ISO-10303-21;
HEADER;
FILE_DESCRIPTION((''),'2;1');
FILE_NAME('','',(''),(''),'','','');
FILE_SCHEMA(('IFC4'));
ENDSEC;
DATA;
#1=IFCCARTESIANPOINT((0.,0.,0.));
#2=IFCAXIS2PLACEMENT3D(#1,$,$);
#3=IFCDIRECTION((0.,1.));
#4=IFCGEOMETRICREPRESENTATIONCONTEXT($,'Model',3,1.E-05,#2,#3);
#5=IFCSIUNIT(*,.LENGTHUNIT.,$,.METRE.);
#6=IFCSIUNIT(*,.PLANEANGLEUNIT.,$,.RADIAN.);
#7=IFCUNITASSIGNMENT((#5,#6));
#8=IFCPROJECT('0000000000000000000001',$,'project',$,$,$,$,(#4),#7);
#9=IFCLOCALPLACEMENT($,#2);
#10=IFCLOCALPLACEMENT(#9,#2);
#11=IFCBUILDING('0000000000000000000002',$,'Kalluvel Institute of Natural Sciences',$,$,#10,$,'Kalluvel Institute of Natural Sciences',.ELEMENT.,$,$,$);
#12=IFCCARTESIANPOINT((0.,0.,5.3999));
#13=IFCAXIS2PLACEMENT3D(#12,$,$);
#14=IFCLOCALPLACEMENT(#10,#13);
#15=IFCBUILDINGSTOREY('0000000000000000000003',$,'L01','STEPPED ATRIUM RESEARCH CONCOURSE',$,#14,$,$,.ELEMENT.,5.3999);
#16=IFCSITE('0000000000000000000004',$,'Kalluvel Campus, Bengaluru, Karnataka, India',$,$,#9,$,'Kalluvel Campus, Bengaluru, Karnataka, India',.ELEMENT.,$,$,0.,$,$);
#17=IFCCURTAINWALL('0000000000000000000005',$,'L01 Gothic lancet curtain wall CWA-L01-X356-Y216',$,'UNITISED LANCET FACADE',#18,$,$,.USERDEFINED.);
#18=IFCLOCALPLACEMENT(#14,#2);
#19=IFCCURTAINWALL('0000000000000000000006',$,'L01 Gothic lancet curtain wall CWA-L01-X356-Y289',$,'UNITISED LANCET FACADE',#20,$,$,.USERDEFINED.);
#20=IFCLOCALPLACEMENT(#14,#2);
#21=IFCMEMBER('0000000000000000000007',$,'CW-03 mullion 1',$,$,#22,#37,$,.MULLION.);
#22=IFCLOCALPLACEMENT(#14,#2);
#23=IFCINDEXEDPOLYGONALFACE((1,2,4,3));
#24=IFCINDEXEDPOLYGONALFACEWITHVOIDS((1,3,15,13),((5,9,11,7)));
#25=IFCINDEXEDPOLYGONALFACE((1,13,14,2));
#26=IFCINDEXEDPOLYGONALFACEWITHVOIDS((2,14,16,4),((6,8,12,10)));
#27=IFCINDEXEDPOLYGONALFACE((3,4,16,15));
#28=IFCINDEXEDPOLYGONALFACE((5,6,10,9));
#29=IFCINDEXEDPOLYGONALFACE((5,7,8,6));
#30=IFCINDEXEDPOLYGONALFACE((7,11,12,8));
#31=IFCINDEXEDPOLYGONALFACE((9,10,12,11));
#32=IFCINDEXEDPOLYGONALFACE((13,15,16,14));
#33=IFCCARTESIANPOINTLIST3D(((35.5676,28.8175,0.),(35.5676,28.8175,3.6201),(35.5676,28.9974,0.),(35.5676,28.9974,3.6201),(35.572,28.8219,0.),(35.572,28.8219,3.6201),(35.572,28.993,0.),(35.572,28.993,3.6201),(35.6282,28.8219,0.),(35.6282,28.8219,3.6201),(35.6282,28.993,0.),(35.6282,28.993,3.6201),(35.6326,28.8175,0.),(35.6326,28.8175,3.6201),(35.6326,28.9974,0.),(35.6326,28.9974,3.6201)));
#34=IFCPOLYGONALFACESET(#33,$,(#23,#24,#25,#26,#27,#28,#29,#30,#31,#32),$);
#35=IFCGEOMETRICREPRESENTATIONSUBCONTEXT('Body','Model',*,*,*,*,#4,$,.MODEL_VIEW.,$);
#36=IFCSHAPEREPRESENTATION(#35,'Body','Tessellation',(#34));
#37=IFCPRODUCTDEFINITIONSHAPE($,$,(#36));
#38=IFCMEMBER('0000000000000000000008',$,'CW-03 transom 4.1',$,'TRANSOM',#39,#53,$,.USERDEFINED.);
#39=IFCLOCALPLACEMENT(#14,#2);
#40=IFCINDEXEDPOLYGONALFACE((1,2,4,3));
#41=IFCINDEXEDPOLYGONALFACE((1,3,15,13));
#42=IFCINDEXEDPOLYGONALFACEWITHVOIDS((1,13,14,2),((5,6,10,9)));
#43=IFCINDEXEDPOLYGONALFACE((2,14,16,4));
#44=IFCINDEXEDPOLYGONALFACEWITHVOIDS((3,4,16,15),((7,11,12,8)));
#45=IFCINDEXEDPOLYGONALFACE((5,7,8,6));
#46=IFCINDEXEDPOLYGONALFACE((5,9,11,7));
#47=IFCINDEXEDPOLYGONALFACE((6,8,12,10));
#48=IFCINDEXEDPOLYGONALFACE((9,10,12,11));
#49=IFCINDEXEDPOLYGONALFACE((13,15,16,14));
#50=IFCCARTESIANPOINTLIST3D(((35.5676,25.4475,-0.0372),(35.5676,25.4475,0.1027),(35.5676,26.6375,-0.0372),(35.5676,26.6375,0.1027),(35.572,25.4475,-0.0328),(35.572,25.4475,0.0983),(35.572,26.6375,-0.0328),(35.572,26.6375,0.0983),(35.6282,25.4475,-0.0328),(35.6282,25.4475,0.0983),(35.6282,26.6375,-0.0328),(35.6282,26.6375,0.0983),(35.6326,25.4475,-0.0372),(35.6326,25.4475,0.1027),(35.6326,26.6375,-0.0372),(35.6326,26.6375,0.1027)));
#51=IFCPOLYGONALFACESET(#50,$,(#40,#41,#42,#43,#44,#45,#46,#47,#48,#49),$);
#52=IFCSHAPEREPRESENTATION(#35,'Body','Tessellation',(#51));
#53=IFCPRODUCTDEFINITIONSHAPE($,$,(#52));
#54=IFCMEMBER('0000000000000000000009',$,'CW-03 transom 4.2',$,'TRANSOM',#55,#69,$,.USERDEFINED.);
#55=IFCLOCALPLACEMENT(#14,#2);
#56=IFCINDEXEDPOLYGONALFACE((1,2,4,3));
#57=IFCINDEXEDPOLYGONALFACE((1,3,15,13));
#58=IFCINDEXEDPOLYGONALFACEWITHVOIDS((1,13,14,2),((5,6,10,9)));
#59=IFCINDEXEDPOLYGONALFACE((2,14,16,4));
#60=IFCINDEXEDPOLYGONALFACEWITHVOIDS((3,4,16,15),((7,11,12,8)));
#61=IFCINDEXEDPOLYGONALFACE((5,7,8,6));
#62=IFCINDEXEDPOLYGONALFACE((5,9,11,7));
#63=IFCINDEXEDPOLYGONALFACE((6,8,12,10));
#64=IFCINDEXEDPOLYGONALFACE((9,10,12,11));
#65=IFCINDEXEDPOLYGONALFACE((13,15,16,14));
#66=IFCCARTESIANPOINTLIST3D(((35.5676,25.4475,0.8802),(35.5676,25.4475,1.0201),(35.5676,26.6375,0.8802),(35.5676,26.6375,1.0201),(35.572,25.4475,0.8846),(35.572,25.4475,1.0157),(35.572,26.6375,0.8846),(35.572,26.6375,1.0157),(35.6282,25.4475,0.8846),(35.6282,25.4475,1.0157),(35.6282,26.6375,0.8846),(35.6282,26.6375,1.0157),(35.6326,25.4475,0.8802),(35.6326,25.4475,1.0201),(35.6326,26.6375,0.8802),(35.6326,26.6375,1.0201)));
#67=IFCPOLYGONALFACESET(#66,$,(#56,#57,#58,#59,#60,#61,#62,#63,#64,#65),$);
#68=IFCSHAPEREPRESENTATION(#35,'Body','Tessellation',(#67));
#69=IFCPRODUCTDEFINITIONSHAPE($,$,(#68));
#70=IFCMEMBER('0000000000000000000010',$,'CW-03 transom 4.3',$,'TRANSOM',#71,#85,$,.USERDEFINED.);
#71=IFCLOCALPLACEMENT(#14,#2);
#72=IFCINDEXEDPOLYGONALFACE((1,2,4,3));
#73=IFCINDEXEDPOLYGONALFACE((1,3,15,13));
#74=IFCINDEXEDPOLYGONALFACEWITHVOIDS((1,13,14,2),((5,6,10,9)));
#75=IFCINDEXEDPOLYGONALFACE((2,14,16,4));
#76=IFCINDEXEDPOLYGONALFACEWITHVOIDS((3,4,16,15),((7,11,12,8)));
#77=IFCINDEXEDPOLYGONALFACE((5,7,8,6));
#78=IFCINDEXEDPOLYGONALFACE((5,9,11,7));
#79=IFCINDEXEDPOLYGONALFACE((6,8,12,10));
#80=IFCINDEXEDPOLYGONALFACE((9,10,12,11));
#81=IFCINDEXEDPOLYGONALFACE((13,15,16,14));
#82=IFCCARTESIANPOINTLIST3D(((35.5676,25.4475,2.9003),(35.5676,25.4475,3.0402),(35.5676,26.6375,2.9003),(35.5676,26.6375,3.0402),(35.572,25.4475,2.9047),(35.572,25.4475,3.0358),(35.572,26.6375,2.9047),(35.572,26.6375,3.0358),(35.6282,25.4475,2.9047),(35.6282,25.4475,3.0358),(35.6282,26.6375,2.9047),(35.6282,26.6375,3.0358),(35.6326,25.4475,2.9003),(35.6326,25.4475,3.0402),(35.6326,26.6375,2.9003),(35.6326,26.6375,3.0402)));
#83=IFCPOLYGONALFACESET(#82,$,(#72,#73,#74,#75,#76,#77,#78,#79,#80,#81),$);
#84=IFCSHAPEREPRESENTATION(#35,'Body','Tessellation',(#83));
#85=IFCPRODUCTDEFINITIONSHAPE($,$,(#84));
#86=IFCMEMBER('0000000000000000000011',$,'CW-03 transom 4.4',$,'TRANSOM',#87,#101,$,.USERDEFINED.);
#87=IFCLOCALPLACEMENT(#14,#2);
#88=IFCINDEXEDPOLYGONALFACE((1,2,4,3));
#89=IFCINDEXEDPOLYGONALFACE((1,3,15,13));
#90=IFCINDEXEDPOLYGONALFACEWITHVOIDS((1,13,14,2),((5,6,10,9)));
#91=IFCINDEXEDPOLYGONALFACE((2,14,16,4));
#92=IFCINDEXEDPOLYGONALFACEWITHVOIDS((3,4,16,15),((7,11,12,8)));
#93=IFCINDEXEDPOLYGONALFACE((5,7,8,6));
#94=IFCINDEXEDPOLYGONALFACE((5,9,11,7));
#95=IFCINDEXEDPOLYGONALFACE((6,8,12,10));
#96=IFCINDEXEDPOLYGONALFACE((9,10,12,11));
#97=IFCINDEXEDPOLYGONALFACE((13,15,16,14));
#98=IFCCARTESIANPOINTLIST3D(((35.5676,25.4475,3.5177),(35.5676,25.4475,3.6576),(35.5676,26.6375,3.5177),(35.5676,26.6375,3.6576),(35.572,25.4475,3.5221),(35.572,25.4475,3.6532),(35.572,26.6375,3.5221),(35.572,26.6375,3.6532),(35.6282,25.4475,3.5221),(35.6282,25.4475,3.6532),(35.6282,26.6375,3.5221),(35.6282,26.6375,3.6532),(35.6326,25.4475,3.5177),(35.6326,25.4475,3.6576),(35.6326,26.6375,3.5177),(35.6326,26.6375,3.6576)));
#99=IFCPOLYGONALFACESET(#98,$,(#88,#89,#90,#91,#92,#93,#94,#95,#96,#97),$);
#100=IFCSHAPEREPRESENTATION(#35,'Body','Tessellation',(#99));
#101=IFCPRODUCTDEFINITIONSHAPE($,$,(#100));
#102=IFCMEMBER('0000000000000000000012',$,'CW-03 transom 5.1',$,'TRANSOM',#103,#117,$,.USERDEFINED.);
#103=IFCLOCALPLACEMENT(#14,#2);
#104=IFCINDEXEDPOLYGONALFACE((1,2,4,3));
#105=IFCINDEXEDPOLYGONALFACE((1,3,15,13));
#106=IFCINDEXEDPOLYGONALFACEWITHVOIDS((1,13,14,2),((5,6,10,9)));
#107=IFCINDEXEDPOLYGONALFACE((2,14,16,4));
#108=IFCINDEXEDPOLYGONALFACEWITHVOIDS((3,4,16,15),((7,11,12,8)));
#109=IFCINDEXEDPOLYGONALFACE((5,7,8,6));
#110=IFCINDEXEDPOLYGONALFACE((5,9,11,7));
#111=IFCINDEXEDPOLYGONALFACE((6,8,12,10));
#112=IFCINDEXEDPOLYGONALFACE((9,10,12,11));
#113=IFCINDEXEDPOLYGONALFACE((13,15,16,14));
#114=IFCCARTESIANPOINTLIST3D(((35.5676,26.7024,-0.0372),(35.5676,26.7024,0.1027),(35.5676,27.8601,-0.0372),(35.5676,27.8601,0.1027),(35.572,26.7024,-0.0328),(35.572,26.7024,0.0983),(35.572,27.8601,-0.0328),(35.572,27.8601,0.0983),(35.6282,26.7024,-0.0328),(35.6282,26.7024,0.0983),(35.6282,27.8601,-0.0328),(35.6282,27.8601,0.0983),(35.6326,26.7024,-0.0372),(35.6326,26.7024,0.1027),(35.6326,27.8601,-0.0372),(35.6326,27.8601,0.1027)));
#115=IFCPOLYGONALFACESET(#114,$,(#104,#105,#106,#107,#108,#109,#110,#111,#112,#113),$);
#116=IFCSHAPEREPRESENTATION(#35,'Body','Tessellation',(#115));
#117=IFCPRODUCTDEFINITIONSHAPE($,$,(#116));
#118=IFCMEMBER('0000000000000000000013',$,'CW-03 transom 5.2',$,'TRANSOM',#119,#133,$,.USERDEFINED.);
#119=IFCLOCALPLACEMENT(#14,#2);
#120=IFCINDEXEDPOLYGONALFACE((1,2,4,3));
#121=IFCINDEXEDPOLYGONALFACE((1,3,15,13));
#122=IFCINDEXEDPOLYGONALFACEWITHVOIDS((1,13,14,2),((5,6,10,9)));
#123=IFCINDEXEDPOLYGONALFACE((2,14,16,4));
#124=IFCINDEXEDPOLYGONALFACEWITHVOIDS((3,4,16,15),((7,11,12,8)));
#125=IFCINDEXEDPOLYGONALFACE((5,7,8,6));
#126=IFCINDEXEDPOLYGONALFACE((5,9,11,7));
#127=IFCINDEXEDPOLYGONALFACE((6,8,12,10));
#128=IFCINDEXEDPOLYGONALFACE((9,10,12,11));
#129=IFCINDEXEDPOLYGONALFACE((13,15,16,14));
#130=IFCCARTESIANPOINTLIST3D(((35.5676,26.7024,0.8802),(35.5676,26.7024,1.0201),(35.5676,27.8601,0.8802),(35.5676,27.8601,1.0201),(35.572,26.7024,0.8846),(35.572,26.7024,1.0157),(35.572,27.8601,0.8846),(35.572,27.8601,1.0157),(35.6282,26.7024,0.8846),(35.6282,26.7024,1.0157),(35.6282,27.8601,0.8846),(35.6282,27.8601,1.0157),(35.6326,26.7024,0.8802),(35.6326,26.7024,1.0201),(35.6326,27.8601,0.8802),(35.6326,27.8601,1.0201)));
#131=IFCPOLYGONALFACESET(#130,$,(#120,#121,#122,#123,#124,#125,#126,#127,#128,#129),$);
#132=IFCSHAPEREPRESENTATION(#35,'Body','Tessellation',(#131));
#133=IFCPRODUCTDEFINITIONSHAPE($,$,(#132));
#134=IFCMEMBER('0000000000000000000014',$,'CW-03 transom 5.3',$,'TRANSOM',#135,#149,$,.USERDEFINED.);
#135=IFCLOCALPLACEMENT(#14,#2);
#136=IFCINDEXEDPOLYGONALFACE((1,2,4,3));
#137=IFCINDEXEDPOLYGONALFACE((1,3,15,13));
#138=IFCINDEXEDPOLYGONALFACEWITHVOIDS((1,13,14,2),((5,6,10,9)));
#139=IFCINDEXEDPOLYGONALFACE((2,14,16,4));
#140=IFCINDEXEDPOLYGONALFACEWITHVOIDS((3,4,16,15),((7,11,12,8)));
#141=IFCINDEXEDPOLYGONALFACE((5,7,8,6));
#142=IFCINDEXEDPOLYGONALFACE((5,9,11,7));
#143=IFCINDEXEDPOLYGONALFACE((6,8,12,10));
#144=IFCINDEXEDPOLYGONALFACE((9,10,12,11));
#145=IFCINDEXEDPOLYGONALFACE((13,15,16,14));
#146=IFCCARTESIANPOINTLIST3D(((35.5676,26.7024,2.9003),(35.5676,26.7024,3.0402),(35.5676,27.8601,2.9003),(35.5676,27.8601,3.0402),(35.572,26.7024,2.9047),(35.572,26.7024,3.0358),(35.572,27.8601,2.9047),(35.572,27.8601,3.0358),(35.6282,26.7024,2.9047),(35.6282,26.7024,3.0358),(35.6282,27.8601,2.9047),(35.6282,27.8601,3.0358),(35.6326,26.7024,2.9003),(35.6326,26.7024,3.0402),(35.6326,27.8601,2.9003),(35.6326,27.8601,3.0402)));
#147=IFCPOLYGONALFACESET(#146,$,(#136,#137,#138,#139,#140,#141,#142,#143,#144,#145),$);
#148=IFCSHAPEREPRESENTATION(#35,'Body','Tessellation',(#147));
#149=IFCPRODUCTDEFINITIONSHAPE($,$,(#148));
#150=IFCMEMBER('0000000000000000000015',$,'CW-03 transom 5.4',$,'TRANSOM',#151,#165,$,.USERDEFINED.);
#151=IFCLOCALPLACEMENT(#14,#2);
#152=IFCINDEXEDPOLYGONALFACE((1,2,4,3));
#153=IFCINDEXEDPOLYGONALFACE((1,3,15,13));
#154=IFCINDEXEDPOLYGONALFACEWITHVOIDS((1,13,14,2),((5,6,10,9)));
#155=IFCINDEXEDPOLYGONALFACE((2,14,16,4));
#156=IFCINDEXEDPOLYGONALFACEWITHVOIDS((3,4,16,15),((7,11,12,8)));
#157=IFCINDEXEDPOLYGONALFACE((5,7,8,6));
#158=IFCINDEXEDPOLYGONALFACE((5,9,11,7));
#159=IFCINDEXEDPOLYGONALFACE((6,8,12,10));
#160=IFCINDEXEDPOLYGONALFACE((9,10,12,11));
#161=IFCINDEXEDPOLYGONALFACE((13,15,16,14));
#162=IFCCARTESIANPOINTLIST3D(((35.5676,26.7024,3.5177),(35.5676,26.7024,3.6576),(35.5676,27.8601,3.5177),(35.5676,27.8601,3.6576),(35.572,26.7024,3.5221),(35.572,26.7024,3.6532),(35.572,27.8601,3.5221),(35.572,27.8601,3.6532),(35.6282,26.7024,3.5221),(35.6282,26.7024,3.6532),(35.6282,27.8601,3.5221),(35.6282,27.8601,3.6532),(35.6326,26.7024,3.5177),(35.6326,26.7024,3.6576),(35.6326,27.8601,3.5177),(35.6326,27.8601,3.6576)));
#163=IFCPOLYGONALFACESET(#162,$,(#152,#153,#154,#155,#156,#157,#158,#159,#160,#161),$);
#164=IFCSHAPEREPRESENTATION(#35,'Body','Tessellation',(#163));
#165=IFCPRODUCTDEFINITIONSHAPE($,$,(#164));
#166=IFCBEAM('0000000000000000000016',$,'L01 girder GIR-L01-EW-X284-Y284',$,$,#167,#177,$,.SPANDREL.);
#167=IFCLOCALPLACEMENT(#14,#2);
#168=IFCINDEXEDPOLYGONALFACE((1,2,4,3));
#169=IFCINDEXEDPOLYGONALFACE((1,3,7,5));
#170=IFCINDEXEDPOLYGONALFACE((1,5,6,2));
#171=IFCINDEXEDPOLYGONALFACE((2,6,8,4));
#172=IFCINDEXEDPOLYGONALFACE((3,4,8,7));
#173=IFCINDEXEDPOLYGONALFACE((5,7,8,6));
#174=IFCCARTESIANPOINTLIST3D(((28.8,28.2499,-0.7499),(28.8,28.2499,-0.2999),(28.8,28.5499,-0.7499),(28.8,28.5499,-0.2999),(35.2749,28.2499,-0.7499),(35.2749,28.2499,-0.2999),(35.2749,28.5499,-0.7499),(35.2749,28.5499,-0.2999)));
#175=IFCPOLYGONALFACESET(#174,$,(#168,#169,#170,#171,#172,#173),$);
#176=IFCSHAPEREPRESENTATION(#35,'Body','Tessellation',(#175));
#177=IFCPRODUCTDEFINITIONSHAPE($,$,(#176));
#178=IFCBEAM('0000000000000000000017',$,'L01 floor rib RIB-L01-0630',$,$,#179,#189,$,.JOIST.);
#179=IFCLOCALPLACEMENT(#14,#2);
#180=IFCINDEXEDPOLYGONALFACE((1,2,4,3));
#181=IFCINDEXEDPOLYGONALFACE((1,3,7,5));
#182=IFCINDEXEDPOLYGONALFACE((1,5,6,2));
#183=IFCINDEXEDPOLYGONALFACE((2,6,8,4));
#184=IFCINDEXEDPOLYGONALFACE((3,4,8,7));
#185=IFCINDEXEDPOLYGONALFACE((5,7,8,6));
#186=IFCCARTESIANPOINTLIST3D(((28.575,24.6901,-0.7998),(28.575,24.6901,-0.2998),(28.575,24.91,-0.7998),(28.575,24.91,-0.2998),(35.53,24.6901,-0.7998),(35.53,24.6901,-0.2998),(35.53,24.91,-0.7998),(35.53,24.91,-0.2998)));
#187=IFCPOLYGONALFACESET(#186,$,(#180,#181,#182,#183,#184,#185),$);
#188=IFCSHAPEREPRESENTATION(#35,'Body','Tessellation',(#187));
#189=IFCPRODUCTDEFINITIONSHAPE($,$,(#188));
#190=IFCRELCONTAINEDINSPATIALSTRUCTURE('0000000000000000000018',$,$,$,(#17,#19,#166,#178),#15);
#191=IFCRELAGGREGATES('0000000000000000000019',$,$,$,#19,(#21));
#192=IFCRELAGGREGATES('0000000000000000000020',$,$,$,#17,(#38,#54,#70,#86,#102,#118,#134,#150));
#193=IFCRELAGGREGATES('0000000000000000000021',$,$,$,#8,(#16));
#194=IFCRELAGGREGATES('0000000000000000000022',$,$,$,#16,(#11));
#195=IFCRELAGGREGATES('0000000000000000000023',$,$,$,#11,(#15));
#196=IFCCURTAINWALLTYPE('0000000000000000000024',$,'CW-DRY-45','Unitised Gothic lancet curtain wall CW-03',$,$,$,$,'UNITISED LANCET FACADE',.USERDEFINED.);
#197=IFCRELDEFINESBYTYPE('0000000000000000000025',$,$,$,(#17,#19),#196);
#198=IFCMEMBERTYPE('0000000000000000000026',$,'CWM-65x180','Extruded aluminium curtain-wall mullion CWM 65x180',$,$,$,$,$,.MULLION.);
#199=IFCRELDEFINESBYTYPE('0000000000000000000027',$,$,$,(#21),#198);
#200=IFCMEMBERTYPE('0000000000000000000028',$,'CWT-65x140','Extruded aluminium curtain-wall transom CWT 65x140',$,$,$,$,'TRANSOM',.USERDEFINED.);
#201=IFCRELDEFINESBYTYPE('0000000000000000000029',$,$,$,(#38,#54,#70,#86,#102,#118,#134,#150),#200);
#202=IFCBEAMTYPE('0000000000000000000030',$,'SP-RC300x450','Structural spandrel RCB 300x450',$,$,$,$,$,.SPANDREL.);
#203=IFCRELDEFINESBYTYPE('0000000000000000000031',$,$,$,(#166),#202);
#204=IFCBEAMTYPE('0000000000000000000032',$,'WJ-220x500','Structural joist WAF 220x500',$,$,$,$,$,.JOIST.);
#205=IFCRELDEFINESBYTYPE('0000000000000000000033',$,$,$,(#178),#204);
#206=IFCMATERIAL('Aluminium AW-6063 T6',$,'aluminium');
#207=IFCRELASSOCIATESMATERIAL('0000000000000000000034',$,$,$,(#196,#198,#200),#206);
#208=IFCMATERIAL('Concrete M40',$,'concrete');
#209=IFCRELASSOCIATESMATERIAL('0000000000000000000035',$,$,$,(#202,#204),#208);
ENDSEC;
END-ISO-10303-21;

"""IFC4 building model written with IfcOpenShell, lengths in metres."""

from ifc_helpers import new_model, si_unit, direction, frame, origin, origin_2d, place, context, subcontext, project, spatial, rectangle, hollow_rectangle, extrude, material, material_profile, profile_set, type_object, element, aggregate, save


model = new_model("IFC4")

# Units and contexts
model_context = context("Model", 3, precision=1e-05, world=origin(), true_north=direction((0.0, 1.0)))
body_context = subcontext(model_context, "Body", "Model", "MODEL_VIEW")
ifc_project = project(units=[si_unit("LENGTHUNIT", "METRE"), si_unit("PLANEANGLEUNIT", "RADIAN")], contexts=[model_context])

# Site, building, storey
site_placement = place(None, origin())
site = spatial("IfcSite", under=ifc_project, at=site_placement, Name="Kalluvel Campus, Bengaluru, Karnataka, India", LongName="Kalluvel Campus, Bengaluru, Karnataka, India", CompositionType="ELEMENT", RefElevation=0.0)
building_placement = place(site_placement, origin())
building = spatial("IfcBuilding", under=site, at=building_placement, Name="Kalluvel Institute of Natural Sciences", LongName="Kalluvel Institute of Natural Sciences", CompositionType="ELEMENT")
storey_placement = place(building_placement, frame((0.0, 0.0, 5.3999)))
storey = spatial("IfcBuildingStorey", under=building, at=storey_placement, Name="L01", Description="STEPPED ATRIUM RESEARCH CONCOURSE", CompositionType="ELEMENT", Elevation=5.3999)

# Curtain wall
ifc_material_1 = material(Name="Aluminium AW-6063 T6", Category="aluminium")
curtain_wall_type = type_object("IfcCurtainWallType", Name="CW-DRY-45", Description="Unitised Gothic lancet curtain wall CW-03", ElementType="UNITISED LANCET FACADE", PredefinedType="USERDEFINED", material=ifc_material_1)
curtain_wall_1_placement = place(storey_placement, origin())
curtain_wall_1 = element("IfcCurtainWall", 1, at=curtain_wall_1_placement, inside=storey, type_object=curtain_wall_type, Name="L01 Gothic lancet curtain wall CWA-L01-X356-Y216", ObjectType="UNITISED LANCET FACADE", PredefinedType="USERDEFINED")
ifc_material_profile_1 = material_profile(ifc_material_1, hollow_rectangle(XDim=0.0649, YDim=0.1799, WallThickness=0.0044, at=origin_2d()), Name="CWM 65x180")
ifc_profile_set_1 = profile_set([ifc_material_profile_1], Name="Aluminium AW-6063 T6")
member_type_1 = type_object("IfcMemberType", Name="CWM-65x180", Description="Extruded aluminium curtain-wall mullion CWM 65x180", PredefinedType="MULLION", material=ifc_profile_set_1)

# Curtain wall, member
curtain_wall_2_placement = place(storey_placement, origin())
curtain_wall_2 = element("IfcCurtainWall", 2, at=curtain_wall_2_placement, inside=storey, type_object=curtain_wall_type, Name="L01 Gothic lancet curtain wall CWA-L01-X356-Y289", ObjectType="UNITISED LANCET FACADE", PredefinedType="USERDEFINED")
member_1_placement = place(storey_placement, frame((35.6001, 28.9075, 0.0), z_axis=(0.0, 0.0, 1.0), x_axis=(-1.0, 0.0, 0.0)))
member_1 = element("IfcMember", 3, at=member_1_placement, type_object=member_type_1, Name="CW-03 mullion 1", PredefinedType="MULLION", context=body_context, shape_type="SweptSolid", body=[
    extrude(hollow_rectangle(XDim=0.0649, YDim=0.1799, WallThickness=0.0044, at=origin_2d()), origin(), (0.0, 0.0, 1.0), 3.6201),
])
aggregate(curtain_wall_2, [member_1])

# Members
ifc_material_profile_2 = material_profile(ifc_material_1, hollow_rectangle(XDim=0.0649, YDim=0.1399, WallThickness=0.0044, at=origin_2d()), Name="CWT 65x140")
ifc_profile_set_2 = profile_set([ifc_material_profile_2], Name="Aluminium AW-6063 T6")
member_type_2 = type_object("IfcMemberType", Name="CWT-65x140", Description="Extruded aluminium curtain-wall transom CWT 65x140", ElementType="TRANSOM", PredefinedType="USERDEFINED", material=ifc_profile_set_2)
member_2_placement = place(storey_placement, frame((35.6001, 25.4475, 0.0327), z_axis=(0.0, 1.0, 0.0), x_axis=(-1.0, 0.0, 0.0)))
member_2 = element("IfcMember", 4, at=member_2_placement, type_object=member_type_2, Name="CW-03 transom 4.1", ObjectType="TRANSOM", PredefinedType="USERDEFINED", context=body_context, shape_type="SweptSolid", body=[
    extrude(hollow_rectangle(XDim=0.0649, YDim=0.1399, WallThickness=0.0044, at=origin_2d()), origin(), (0.0, 0.0, 1.0), 1.1899),
])
member_3_placement = place(storey_placement, frame((35.6001, 25.4475, 0.9502), z_axis=(0.0, 1.0, 0.0), x_axis=(-1.0, 0.0, 0.0)))
member_3 = element("IfcMember", 5, at=member_3_placement, type_object=member_type_2, Name="CW-03 transom 4.2", ObjectType="TRANSOM", PredefinedType="USERDEFINED", context=body_context, shape_type="SweptSolid", body=[
    extrude(hollow_rectangle(XDim=0.0649, YDim=0.1399, WallThickness=0.0044, at=origin_2d()), origin(), (0.0, 0.0, 1.0), 1.1899),
])
member_4_placement = place(storey_placement, frame((35.6001, 25.4475, 2.9702), z_axis=(0.0, 1.0, 0.0), x_axis=(-1.0, 0.0, 0.0)))
member_4 = element("IfcMember", 6, at=member_4_placement, type_object=member_type_2, Name="CW-03 transom 4.3", ObjectType="TRANSOM", PredefinedType="USERDEFINED", context=body_context, shape_type="SweptSolid", body=[
    extrude(hollow_rectangle(XDim=0.0649, YDim=0.1399, WallThickness=0.0044, at=origin_2d()), origin(), (0.0, 0.0, 1.0), 1.1899),
])
member_5_placement = place(storey_placement, frame((35.6001, 25.4475, 3.5876), z_axis=(0.0, 1.0, 0.0), x_axis=(-1.0, 0.0, 0.0)))
member_5 = element("IfcMember", 7, at=member_5_placement, type_object=member_type_2, Name="CW-03 transom 4.4", ObjectType="TRANSOM", PredefinedType="USERDEFINED", context=body_context, shape_type="SweptSolid", body=[
    extrude(hollow_rectangle(XDim=0.0649, YDim=0.1399, WallThickness=0.0044, at=origin_2d()), origin(), (0.0, 0.0, 1.0), 1.1899),
])
member_6_placement = place(storey_placement, frame((35.6001, 26.7024, 0.0327), z_axis=(0.0, 1.0, 0.0), x_axis=(-1.0, 0.0, 0.0)))
member_6 = element("IfcMember", 8, at=member_6_placement, type_object=member_type_2, Name="CW-03 transom 5.1", ObjectType="TRANSOM", PredefinedType="USERDEFINED", context=body_context, shape_type="SweptSolid", body=[
    extrude(hollow_rectangle(XDim=0.0649, YDim=0.1399, WallThickness=0.0044, at=origin_2d()), origin(), (0.0, 0.0, 1.0), 1.1577),
])
member_7_placement = place(storey_placement, frame((35.6001, 26.7024, 0.9502), z_axis=(0.0, 1.0, 0.0), x_axis=(-1.0, 0.0, 0.0)))
member_7 = element("IfcMember", 9, at=member_7_placement, type_object=member_type_2, Name="CW-03 transom 5.2", ObjectType="TRANSOM", PredefinedType="USERDEFINED", context=body_context, shape_type="SweptSolid", body=[
    extrude(hollow_rectangle(XDim=0.0649, YDim=0.1399, WallThickness=0.0044, at=origin_2d()), origin(), (0.0, 0.0, 1.0), 1.1577),
])
member_8_placement = place(storey_placement, frame((35.6001, 26.7024, 2.9702), z_axis=(0.0, 1.0, 0.0), x_axis=(-1.0, 0.0, 0.0)))
member_8 = element("IfcMember", 10, at=member_8_placement, type_object=member_type_2, Name="CW-03 transom 5.3", ObjectType="TRANSOM", PredefinedType="USERDEFINED", context=body_context, shape_type="SweptSolid", body=[
    extrude(hollow_rectangle(XDim=0.0649, YDim=0.1399, WallThickness=0.0044, at=origin_2d()), origin(), (0.0, 0.0, 1.0), 1.1577),
])
member_9_placement = place(storey_placement, frame((35.6001, 26.7024, 3.5876), z_axis=(0.0, 1.0, 0.0), x_axis=(-1.0, 0.0, 0.0)))
member_9 = element("IfcMember", 11, at=member_9_placement, type_object=member_type_2, Name="CW-03 transom 5.4", ObjectType="TRANSOM", PredefinedType="USERDEFINED", context=body_context, shape_type="SweptSolid", body=[
    extrude(hollow_rectangle(XDim=0.0649, YDim=0.1399, WallThickness=0.0044, at=origin_2d()), origin(), (0.0, 0.0, 1.0), 1.1577),
])

# Beams
ifc_material_2 = material(Name="Concrete M40", Category="concrete")
ifc_material_profile_3 = material_profile(ifc_material_2, rectangle(XDim=0.3, YDim=0.45, at=origin_2d()), Name="RCB 300x450")
ifc_profile_set_3 = profile_set([ifc_material_profile_3], Name="Concrete M40")
beam_type_1 = type_object("IfcBeamType", Name="SP-RC300x450", Description="Structural spandrel RCB 300x450", PredefinedType="SPANDREL", material=ifc_profile_set_3)
beam_1_placement = place(storey_placement, frame((28.8, 28.3999, -0.5249), z_axis=(1.0, 0.0, 0.0), x_axis=(0.0, 1.0, 0.0)))
element("IfcBeam", 12, at=beam_1_placement, inside=storey, type_object=beam_type_1, Name="L01 girder GIR-L01-EW-X284-Y284", PredefinedType="SPANDREL", context=body_context, shape_type="SweptSolid", body=[
    extrude(rectangle(XDim=0.3, YDim=0.45, at=origin_2d()), origin(), (0.0, 0.0, 1.0), 6.4749),
])
ifc_material_profile_4 = material_profile(ifc_material_2, rectangle(XDim=0.22, YDim=0.5, at=origin_2d()), Name="WAF 220x500")
ifc_profile_set_4 = profile_set([ifc_material_profile_4], Name="Concrete M40")
beam_type_2 = type_object("IfcBeamType", Name="WJ-220x500", Description="Structural joist WAF 220x500", PredefinedType="JOIST", material=ifc_profile_set_4)
beam_2_placement = place(storey_placement, frame((28.575, 24.8, -0.5498), z_axis=(1.0, 0.0, 0.0), x_axis=(0.0, 1.0, 0.0)))
element("IfcBeam", 13, at=beam_2_placement, inside=storey, type_object=beam_type_2, Name="L01 floor rib RIB-L01-0630", PredefinedType="JOIST", context=body_context, shape_type="SweptSolid", body=[
    extrude(rectangle(XDim=0.22, YDim=0.5, at=origin_2d()), origin(), (0.0, 0.0, 1.0), 6.9551),
])

aggregate(curtain_wall_1, [member_2, member_3, member_4, member_5, member_6, member_7, member_8, member_9])

save(model, "model.ifc")
